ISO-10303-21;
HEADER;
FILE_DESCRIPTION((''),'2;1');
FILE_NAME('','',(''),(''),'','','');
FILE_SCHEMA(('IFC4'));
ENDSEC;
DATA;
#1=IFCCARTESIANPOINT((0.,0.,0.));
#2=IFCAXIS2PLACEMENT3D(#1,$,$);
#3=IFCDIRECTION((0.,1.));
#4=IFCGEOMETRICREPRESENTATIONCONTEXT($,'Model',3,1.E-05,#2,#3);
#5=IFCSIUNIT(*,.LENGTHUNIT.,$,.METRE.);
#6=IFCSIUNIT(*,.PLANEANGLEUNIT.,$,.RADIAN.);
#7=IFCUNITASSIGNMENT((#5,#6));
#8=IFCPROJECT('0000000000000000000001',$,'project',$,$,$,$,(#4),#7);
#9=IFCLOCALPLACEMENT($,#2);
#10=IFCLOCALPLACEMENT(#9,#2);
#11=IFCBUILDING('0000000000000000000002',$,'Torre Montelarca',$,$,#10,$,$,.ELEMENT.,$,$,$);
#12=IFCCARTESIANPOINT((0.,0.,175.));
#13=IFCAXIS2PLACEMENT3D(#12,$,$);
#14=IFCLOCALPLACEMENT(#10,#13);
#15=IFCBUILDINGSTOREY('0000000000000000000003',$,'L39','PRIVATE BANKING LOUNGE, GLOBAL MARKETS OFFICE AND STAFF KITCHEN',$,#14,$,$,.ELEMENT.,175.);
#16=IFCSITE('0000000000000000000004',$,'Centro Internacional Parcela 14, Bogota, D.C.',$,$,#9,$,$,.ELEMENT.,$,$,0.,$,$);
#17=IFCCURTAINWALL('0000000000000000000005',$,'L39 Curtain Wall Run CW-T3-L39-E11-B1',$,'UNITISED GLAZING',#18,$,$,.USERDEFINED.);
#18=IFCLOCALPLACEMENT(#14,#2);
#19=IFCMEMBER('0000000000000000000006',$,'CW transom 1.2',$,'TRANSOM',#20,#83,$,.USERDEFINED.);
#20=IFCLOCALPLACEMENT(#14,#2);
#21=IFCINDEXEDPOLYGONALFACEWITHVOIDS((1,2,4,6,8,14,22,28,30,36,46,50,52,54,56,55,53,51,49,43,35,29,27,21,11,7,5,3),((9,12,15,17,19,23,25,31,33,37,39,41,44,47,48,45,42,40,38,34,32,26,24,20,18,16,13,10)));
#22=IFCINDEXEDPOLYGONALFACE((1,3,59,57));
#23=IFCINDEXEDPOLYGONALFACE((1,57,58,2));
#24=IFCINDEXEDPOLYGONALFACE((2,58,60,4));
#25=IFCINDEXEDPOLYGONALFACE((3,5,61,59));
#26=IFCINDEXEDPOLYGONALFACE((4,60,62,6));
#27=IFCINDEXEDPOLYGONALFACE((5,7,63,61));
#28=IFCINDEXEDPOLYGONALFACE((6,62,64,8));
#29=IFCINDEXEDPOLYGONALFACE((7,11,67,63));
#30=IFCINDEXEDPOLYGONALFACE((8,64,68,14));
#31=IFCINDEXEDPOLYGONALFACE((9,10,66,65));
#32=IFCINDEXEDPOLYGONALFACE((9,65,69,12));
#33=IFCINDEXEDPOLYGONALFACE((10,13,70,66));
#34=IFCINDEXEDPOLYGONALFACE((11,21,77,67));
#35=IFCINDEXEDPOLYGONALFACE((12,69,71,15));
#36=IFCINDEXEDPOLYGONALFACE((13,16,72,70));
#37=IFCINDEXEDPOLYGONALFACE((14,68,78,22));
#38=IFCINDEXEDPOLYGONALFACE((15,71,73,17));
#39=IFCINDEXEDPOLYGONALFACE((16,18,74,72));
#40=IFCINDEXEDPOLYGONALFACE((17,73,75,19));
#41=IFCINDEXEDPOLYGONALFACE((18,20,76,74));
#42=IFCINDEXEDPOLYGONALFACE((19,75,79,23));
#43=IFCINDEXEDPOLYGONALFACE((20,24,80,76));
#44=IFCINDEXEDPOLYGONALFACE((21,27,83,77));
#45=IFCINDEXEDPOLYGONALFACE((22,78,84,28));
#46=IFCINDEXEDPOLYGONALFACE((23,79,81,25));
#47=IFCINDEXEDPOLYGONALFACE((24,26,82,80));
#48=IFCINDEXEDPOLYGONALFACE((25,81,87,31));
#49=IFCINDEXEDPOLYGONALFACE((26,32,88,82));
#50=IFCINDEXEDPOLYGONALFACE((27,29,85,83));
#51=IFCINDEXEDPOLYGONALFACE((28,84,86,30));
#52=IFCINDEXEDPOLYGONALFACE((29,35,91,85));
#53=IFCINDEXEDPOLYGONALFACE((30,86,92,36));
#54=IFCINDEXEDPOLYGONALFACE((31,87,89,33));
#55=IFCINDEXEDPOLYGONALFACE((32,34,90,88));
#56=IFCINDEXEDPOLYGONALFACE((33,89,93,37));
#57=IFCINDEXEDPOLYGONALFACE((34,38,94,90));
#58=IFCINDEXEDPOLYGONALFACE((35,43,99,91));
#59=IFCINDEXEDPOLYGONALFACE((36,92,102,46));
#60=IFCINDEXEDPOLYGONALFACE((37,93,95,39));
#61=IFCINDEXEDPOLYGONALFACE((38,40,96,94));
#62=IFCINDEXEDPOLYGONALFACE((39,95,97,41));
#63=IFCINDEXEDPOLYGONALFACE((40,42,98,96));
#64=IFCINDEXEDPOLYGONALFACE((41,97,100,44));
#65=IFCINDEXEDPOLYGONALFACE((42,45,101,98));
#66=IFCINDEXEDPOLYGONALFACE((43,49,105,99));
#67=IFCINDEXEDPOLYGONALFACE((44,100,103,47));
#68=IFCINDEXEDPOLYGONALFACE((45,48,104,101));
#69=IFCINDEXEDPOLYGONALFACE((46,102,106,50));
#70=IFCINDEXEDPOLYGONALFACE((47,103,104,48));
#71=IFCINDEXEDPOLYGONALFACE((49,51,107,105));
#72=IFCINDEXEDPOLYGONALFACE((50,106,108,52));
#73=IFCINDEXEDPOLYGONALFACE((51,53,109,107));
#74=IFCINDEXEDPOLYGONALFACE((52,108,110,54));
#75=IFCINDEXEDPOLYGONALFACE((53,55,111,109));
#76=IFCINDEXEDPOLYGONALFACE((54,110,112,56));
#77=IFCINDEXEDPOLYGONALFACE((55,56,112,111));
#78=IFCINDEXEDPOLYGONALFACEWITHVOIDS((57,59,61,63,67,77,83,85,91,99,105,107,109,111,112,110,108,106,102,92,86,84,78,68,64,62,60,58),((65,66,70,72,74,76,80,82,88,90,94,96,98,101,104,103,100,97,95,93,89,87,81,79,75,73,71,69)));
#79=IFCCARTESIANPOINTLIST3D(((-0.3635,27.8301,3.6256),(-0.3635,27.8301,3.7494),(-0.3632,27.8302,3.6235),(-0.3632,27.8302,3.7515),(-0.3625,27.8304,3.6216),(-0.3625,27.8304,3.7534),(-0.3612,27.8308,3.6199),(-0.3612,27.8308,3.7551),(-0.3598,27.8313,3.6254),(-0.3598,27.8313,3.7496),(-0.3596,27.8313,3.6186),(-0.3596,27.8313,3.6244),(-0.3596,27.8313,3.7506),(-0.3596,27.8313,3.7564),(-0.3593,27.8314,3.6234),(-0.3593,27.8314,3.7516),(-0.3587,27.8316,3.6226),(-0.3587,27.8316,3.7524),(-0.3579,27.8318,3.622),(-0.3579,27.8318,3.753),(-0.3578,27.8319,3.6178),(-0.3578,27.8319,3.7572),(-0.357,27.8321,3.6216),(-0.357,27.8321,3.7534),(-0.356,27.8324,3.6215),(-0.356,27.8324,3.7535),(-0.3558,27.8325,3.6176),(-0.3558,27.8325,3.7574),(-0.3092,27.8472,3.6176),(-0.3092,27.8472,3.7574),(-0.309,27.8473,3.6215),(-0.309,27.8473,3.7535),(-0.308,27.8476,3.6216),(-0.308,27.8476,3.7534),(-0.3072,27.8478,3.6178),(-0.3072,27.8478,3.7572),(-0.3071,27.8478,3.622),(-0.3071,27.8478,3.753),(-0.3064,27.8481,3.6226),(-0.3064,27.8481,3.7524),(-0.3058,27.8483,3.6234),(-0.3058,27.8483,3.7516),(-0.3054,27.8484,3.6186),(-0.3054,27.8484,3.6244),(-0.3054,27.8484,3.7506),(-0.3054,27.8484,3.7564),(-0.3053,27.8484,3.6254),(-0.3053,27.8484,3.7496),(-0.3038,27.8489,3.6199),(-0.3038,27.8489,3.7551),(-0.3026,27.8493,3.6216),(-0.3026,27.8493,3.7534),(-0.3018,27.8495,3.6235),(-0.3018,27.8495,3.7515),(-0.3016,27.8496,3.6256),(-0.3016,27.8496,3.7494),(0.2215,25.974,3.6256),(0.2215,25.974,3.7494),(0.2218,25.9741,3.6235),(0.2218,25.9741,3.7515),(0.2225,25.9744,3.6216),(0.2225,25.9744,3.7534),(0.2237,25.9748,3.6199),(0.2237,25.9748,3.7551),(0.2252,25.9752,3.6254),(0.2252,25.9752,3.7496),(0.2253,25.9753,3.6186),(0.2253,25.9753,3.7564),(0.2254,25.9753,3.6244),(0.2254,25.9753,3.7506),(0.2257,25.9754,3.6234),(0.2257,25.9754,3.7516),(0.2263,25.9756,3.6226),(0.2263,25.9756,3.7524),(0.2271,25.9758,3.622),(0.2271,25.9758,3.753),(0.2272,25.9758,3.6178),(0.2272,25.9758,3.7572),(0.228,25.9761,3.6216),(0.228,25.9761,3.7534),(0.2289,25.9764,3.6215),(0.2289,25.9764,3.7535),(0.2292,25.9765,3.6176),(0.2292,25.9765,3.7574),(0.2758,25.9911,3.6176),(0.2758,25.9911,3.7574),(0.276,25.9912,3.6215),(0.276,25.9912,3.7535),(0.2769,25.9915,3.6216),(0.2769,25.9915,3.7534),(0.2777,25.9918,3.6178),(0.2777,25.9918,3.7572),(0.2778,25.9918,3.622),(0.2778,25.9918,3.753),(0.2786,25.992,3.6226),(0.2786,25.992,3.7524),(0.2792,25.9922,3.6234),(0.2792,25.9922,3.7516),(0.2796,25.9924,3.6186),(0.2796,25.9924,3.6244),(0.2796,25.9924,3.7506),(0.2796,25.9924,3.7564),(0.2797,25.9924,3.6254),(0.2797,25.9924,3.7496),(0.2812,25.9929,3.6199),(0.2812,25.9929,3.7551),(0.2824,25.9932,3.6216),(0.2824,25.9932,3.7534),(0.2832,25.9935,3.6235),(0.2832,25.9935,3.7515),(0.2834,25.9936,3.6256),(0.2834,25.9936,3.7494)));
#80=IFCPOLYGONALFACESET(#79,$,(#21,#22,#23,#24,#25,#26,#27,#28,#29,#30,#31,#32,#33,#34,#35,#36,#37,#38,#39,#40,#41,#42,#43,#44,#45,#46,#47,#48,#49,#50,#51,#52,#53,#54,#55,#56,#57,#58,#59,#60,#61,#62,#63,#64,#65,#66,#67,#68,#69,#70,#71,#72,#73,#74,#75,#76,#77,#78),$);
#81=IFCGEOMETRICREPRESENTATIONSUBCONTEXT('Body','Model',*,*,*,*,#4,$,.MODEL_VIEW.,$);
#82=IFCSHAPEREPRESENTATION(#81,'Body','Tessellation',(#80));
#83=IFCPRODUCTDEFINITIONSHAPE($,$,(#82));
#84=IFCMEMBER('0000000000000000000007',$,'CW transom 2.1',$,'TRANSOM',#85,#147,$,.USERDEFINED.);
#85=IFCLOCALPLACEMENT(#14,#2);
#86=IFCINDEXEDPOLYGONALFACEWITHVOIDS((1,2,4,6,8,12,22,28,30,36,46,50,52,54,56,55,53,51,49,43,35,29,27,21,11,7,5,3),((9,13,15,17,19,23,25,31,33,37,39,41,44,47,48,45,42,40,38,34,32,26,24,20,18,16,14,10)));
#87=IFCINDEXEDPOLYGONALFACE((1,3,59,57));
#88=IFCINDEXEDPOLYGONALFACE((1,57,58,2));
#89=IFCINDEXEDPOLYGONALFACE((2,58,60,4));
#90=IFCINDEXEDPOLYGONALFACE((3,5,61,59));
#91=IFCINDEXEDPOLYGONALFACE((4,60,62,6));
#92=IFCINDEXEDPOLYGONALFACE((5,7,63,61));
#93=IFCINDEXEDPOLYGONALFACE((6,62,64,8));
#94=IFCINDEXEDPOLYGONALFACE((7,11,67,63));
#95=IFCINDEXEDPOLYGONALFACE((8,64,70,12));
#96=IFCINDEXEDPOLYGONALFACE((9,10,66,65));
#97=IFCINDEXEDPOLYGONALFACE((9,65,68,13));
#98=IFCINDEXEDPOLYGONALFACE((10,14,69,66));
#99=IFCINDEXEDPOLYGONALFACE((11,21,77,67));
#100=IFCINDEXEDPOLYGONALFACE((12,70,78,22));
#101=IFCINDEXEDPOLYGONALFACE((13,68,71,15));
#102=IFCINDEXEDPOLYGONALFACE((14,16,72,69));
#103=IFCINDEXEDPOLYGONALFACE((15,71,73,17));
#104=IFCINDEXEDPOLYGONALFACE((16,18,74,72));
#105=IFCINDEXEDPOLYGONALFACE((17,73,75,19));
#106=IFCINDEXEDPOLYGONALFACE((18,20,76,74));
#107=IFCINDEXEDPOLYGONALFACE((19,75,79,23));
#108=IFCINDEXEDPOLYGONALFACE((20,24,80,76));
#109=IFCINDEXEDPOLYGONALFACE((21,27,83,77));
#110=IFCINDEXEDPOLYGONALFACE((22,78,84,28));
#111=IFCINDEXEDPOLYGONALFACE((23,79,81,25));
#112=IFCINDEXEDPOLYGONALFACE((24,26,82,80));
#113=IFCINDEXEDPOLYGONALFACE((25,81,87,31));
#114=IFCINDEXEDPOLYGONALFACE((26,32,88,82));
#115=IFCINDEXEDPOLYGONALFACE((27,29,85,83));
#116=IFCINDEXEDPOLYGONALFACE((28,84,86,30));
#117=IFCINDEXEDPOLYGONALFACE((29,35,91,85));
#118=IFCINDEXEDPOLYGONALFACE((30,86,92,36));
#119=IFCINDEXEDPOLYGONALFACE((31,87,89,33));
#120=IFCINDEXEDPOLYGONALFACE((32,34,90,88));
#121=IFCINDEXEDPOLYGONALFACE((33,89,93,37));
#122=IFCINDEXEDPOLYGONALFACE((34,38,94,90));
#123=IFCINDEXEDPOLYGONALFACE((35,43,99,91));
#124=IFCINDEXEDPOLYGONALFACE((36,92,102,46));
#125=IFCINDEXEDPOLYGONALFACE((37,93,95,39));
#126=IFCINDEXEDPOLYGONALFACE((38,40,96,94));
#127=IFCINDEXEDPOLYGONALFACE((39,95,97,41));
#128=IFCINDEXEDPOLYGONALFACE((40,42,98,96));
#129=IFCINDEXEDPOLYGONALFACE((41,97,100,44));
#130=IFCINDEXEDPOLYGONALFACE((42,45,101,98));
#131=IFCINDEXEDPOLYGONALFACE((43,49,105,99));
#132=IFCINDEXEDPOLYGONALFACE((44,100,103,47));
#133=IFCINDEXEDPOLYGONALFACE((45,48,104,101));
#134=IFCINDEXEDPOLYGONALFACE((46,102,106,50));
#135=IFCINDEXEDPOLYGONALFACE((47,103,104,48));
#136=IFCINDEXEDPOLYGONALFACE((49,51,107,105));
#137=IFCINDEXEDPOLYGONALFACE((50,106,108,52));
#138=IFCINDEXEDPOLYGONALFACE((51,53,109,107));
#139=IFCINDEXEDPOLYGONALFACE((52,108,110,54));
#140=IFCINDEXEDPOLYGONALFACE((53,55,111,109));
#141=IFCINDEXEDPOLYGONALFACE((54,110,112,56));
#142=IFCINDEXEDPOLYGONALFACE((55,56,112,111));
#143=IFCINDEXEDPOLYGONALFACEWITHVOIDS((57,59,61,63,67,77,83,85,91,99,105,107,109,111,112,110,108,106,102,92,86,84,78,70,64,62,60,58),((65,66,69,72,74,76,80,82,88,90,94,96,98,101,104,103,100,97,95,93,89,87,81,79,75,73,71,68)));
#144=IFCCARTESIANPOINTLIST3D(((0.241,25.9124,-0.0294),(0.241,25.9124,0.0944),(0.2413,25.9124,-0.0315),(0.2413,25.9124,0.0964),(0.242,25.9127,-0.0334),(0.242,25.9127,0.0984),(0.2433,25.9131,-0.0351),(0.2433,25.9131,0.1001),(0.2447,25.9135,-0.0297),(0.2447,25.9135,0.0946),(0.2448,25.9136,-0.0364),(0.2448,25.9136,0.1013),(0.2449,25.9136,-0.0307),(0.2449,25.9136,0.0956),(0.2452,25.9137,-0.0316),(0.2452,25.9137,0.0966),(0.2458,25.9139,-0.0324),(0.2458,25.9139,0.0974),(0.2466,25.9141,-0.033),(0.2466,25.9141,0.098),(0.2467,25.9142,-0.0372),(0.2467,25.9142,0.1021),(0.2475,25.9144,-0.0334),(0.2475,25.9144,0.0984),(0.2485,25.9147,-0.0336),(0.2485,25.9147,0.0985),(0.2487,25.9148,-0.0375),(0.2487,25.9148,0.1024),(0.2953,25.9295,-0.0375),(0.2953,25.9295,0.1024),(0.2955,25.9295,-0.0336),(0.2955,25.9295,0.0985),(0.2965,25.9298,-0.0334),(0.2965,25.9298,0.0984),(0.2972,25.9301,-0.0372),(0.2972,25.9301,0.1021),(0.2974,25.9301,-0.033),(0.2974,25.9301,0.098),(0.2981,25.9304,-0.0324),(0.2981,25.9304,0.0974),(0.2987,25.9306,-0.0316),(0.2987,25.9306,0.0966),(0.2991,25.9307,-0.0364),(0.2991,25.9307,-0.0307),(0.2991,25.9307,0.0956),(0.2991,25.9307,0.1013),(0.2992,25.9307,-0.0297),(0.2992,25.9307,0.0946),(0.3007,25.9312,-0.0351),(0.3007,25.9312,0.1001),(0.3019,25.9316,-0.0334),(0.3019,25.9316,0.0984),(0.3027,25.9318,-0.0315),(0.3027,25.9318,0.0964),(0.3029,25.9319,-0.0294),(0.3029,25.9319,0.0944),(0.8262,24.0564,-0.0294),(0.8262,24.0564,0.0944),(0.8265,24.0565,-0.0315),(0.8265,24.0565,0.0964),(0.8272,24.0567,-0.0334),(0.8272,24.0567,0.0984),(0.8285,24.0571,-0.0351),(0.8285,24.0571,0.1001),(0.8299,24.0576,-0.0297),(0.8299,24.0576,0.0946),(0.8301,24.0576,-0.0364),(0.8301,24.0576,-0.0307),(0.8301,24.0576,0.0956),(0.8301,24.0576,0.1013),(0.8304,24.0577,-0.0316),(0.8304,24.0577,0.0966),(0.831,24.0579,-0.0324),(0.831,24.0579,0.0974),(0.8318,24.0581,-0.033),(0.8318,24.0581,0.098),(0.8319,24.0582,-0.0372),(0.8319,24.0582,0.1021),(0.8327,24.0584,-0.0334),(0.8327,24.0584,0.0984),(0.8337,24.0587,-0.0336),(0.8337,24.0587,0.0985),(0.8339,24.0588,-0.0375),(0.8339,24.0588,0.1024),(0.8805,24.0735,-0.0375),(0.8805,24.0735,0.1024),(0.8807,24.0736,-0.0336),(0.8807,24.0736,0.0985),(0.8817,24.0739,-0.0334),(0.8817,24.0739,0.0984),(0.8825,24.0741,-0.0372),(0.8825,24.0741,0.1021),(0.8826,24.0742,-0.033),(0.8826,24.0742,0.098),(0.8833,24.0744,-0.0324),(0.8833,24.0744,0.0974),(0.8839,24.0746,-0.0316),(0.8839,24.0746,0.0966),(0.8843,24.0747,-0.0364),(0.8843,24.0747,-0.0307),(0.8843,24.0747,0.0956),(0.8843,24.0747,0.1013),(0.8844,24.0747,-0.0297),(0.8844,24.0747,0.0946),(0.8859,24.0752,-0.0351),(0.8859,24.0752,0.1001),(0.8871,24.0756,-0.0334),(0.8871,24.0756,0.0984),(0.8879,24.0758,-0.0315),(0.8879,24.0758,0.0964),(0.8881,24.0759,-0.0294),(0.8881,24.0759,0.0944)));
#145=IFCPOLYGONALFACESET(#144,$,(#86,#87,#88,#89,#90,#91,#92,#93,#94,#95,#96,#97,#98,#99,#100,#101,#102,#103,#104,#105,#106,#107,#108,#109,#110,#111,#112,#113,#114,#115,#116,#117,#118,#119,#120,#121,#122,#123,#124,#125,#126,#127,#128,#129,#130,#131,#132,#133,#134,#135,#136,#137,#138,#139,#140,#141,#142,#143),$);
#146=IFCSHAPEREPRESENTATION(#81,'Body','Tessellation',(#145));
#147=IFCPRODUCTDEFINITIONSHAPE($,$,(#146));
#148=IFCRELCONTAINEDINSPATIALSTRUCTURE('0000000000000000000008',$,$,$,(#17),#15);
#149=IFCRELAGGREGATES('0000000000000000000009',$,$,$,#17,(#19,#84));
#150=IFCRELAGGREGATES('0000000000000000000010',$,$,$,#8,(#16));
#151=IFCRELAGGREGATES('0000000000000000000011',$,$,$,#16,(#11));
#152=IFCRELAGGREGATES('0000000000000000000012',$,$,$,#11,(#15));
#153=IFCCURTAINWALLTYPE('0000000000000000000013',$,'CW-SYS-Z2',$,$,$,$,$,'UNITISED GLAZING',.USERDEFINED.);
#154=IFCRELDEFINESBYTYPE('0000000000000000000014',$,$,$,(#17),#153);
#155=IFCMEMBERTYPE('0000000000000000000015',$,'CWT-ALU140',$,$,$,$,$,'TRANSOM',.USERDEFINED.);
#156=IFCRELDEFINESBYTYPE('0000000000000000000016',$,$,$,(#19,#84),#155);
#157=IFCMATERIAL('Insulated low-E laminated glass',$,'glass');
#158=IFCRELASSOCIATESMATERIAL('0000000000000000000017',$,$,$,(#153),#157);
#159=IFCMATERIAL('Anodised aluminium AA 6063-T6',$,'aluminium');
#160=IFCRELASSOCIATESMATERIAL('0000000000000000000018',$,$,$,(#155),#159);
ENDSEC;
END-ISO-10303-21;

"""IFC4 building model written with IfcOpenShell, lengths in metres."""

from ifc_helpers import new_model, si_unit, direction, frame, origin, origin_2d, place, context, subcontext, project, spatial, hollow_rectangle, extrude, source, transform, mapped, material, material_profile, profile_set, type_object, element, aggregate, save


model = new_model("IFC4")

# Units and contexts
model_context = context("Model", 3, precision=1e-05, world=origin(), true_north=direction((0.0, 1.0)))
body_context = subcontext(model_context, "Body", "Model", "MODEL_VIEW")
ifc_project = project(units=[si_unit("LENGTHUNIT", "METRE"), si_unit("PLANEANGLEUNIT", "RADIAN")], contexts=[model_context])

# Site, building, storey
site_placement = place(None, origin())
site = spatial("IfcSite", under=ifc_project, at=site_placement, Name="Centro Internacional Parcela 14, Bogota, D.C.", CompositionType="ELEMENT", RefElevation=0.0)
building_placement = place(site_placement, origin())
building = spatial("IfcBuilding", under=site, at=building_placement, Name="Torre Montelarca", CompositionType="ELEMENT")
storey_placement = place(building_placement, frame((0.0, 0.0, 175.0)))
storey = spatial("IfcBuildingStorey", under=building, at=storey_placement, Name="L39", Description="PRIVATE BANKING LOUNGE, GLOBAL MARKETS OFFICE AND STAFF KITCHEN", CompositionType="ELEMENT", Elevation=175.0)

# Curtain wall
ifc_material_1 = material(Name="Insulated low-E laminated glass", Category="glass")
curtain_wall_type = type_object("IfcCurtainWallType", Name="CW-SYS-Z2", ElementType="UNITISED GLAZING", PredefinedType="USERDEFINED", material=ifc_material_1)
curtain_wall_1_placement = place(storey_placement, origin())
curtain_wall_1 = element("IfcCurtainWall", 1, at=curtain_wall_1_placement, inside=storey, type_object=curtain_wall_type, Name="L39 Curtain Wall Run CW-T3-L39-E11-B1", ObjectType="UNITISED GLAZING", PredefinedType="USERDEFINED")
ifc_material_2 = material(Name="Anodised aluminium AA 6063-T6", Category="aluminium")
ifc_material_profile_1 = material_profile(ifc_material_2, hollow_rectangle(XDim=0.0649, YDim=0.1399, WallThickness=0.0039, InnerFilletRadius=0.0039, OuterFilletRadius=0.0081, at=origin_2d()), Name="ALU65X140X4", Category="aluminium")
ifc_profile_set_1 = profile_set([ifc_material_profile_1], Name="Anodised aluminium AA 6063-T6")
member_type_1 = type_object("IfcMemberType", Name="CWT-ALU140", ElementType="TRANSOM", PredefinedType="USERDEFINED", material=ifc_profile_set_1)

# Members
shared_shape_1 = source(origin(), body_context, "Body", "SweptSolid", [
    extrude(hollow_rectangle(XDim=0.0649, YDim=0.1399, WallThickness=0.0039, InnerFilletRadius=0.0039, OuterFilletRadius=0.0081, at=origin_2d()), origin(), (0.0, 0.0, 1.0), 1.946),
])
member_1_placement = place(storey_placement, frame((-0.3325, 27.8398, 3.6875), z_axis=(0.300603, -0.953749, 0.0), x_axis=(0.953749, 0.300603, 0.0)))
member_1 = element("IfcMember", 2, at=member_1_placement, type_object=member_type_1, Name="CW transom 1.2", ObjectType="TRANSOM", PredefinedType="USERDEFINED", context=body_context, shape_type="MappedRepresentation", body=[
    mapped(shared_shape_1, transform((0.0, 0.0, 0.0), scale=1.0)),
])
member_2_placement = place(storey_placement, frame((0.272, 25.9221, 0.0325), z_axis=(0.300717, -0.953713, 0.0), x_axis=(0.953713, 0.300717, 0.0)))
member_2 = element("IfcMember", 3, at=member_2_placement, type_object=member_type_1, Name="CW transom 2.1", ObjectType="TRANSOM", PredefinedType="USERDEFINED", context=body_context, shape_type="MappedRepresentation", body=[
    mapped(shared_shape_1, transform((0.0, 0.0, 0.0), scale=1.0)),
])

aggregate(curtain_wall_1, [member_1, member_2])

save(model, "model.ifc")
